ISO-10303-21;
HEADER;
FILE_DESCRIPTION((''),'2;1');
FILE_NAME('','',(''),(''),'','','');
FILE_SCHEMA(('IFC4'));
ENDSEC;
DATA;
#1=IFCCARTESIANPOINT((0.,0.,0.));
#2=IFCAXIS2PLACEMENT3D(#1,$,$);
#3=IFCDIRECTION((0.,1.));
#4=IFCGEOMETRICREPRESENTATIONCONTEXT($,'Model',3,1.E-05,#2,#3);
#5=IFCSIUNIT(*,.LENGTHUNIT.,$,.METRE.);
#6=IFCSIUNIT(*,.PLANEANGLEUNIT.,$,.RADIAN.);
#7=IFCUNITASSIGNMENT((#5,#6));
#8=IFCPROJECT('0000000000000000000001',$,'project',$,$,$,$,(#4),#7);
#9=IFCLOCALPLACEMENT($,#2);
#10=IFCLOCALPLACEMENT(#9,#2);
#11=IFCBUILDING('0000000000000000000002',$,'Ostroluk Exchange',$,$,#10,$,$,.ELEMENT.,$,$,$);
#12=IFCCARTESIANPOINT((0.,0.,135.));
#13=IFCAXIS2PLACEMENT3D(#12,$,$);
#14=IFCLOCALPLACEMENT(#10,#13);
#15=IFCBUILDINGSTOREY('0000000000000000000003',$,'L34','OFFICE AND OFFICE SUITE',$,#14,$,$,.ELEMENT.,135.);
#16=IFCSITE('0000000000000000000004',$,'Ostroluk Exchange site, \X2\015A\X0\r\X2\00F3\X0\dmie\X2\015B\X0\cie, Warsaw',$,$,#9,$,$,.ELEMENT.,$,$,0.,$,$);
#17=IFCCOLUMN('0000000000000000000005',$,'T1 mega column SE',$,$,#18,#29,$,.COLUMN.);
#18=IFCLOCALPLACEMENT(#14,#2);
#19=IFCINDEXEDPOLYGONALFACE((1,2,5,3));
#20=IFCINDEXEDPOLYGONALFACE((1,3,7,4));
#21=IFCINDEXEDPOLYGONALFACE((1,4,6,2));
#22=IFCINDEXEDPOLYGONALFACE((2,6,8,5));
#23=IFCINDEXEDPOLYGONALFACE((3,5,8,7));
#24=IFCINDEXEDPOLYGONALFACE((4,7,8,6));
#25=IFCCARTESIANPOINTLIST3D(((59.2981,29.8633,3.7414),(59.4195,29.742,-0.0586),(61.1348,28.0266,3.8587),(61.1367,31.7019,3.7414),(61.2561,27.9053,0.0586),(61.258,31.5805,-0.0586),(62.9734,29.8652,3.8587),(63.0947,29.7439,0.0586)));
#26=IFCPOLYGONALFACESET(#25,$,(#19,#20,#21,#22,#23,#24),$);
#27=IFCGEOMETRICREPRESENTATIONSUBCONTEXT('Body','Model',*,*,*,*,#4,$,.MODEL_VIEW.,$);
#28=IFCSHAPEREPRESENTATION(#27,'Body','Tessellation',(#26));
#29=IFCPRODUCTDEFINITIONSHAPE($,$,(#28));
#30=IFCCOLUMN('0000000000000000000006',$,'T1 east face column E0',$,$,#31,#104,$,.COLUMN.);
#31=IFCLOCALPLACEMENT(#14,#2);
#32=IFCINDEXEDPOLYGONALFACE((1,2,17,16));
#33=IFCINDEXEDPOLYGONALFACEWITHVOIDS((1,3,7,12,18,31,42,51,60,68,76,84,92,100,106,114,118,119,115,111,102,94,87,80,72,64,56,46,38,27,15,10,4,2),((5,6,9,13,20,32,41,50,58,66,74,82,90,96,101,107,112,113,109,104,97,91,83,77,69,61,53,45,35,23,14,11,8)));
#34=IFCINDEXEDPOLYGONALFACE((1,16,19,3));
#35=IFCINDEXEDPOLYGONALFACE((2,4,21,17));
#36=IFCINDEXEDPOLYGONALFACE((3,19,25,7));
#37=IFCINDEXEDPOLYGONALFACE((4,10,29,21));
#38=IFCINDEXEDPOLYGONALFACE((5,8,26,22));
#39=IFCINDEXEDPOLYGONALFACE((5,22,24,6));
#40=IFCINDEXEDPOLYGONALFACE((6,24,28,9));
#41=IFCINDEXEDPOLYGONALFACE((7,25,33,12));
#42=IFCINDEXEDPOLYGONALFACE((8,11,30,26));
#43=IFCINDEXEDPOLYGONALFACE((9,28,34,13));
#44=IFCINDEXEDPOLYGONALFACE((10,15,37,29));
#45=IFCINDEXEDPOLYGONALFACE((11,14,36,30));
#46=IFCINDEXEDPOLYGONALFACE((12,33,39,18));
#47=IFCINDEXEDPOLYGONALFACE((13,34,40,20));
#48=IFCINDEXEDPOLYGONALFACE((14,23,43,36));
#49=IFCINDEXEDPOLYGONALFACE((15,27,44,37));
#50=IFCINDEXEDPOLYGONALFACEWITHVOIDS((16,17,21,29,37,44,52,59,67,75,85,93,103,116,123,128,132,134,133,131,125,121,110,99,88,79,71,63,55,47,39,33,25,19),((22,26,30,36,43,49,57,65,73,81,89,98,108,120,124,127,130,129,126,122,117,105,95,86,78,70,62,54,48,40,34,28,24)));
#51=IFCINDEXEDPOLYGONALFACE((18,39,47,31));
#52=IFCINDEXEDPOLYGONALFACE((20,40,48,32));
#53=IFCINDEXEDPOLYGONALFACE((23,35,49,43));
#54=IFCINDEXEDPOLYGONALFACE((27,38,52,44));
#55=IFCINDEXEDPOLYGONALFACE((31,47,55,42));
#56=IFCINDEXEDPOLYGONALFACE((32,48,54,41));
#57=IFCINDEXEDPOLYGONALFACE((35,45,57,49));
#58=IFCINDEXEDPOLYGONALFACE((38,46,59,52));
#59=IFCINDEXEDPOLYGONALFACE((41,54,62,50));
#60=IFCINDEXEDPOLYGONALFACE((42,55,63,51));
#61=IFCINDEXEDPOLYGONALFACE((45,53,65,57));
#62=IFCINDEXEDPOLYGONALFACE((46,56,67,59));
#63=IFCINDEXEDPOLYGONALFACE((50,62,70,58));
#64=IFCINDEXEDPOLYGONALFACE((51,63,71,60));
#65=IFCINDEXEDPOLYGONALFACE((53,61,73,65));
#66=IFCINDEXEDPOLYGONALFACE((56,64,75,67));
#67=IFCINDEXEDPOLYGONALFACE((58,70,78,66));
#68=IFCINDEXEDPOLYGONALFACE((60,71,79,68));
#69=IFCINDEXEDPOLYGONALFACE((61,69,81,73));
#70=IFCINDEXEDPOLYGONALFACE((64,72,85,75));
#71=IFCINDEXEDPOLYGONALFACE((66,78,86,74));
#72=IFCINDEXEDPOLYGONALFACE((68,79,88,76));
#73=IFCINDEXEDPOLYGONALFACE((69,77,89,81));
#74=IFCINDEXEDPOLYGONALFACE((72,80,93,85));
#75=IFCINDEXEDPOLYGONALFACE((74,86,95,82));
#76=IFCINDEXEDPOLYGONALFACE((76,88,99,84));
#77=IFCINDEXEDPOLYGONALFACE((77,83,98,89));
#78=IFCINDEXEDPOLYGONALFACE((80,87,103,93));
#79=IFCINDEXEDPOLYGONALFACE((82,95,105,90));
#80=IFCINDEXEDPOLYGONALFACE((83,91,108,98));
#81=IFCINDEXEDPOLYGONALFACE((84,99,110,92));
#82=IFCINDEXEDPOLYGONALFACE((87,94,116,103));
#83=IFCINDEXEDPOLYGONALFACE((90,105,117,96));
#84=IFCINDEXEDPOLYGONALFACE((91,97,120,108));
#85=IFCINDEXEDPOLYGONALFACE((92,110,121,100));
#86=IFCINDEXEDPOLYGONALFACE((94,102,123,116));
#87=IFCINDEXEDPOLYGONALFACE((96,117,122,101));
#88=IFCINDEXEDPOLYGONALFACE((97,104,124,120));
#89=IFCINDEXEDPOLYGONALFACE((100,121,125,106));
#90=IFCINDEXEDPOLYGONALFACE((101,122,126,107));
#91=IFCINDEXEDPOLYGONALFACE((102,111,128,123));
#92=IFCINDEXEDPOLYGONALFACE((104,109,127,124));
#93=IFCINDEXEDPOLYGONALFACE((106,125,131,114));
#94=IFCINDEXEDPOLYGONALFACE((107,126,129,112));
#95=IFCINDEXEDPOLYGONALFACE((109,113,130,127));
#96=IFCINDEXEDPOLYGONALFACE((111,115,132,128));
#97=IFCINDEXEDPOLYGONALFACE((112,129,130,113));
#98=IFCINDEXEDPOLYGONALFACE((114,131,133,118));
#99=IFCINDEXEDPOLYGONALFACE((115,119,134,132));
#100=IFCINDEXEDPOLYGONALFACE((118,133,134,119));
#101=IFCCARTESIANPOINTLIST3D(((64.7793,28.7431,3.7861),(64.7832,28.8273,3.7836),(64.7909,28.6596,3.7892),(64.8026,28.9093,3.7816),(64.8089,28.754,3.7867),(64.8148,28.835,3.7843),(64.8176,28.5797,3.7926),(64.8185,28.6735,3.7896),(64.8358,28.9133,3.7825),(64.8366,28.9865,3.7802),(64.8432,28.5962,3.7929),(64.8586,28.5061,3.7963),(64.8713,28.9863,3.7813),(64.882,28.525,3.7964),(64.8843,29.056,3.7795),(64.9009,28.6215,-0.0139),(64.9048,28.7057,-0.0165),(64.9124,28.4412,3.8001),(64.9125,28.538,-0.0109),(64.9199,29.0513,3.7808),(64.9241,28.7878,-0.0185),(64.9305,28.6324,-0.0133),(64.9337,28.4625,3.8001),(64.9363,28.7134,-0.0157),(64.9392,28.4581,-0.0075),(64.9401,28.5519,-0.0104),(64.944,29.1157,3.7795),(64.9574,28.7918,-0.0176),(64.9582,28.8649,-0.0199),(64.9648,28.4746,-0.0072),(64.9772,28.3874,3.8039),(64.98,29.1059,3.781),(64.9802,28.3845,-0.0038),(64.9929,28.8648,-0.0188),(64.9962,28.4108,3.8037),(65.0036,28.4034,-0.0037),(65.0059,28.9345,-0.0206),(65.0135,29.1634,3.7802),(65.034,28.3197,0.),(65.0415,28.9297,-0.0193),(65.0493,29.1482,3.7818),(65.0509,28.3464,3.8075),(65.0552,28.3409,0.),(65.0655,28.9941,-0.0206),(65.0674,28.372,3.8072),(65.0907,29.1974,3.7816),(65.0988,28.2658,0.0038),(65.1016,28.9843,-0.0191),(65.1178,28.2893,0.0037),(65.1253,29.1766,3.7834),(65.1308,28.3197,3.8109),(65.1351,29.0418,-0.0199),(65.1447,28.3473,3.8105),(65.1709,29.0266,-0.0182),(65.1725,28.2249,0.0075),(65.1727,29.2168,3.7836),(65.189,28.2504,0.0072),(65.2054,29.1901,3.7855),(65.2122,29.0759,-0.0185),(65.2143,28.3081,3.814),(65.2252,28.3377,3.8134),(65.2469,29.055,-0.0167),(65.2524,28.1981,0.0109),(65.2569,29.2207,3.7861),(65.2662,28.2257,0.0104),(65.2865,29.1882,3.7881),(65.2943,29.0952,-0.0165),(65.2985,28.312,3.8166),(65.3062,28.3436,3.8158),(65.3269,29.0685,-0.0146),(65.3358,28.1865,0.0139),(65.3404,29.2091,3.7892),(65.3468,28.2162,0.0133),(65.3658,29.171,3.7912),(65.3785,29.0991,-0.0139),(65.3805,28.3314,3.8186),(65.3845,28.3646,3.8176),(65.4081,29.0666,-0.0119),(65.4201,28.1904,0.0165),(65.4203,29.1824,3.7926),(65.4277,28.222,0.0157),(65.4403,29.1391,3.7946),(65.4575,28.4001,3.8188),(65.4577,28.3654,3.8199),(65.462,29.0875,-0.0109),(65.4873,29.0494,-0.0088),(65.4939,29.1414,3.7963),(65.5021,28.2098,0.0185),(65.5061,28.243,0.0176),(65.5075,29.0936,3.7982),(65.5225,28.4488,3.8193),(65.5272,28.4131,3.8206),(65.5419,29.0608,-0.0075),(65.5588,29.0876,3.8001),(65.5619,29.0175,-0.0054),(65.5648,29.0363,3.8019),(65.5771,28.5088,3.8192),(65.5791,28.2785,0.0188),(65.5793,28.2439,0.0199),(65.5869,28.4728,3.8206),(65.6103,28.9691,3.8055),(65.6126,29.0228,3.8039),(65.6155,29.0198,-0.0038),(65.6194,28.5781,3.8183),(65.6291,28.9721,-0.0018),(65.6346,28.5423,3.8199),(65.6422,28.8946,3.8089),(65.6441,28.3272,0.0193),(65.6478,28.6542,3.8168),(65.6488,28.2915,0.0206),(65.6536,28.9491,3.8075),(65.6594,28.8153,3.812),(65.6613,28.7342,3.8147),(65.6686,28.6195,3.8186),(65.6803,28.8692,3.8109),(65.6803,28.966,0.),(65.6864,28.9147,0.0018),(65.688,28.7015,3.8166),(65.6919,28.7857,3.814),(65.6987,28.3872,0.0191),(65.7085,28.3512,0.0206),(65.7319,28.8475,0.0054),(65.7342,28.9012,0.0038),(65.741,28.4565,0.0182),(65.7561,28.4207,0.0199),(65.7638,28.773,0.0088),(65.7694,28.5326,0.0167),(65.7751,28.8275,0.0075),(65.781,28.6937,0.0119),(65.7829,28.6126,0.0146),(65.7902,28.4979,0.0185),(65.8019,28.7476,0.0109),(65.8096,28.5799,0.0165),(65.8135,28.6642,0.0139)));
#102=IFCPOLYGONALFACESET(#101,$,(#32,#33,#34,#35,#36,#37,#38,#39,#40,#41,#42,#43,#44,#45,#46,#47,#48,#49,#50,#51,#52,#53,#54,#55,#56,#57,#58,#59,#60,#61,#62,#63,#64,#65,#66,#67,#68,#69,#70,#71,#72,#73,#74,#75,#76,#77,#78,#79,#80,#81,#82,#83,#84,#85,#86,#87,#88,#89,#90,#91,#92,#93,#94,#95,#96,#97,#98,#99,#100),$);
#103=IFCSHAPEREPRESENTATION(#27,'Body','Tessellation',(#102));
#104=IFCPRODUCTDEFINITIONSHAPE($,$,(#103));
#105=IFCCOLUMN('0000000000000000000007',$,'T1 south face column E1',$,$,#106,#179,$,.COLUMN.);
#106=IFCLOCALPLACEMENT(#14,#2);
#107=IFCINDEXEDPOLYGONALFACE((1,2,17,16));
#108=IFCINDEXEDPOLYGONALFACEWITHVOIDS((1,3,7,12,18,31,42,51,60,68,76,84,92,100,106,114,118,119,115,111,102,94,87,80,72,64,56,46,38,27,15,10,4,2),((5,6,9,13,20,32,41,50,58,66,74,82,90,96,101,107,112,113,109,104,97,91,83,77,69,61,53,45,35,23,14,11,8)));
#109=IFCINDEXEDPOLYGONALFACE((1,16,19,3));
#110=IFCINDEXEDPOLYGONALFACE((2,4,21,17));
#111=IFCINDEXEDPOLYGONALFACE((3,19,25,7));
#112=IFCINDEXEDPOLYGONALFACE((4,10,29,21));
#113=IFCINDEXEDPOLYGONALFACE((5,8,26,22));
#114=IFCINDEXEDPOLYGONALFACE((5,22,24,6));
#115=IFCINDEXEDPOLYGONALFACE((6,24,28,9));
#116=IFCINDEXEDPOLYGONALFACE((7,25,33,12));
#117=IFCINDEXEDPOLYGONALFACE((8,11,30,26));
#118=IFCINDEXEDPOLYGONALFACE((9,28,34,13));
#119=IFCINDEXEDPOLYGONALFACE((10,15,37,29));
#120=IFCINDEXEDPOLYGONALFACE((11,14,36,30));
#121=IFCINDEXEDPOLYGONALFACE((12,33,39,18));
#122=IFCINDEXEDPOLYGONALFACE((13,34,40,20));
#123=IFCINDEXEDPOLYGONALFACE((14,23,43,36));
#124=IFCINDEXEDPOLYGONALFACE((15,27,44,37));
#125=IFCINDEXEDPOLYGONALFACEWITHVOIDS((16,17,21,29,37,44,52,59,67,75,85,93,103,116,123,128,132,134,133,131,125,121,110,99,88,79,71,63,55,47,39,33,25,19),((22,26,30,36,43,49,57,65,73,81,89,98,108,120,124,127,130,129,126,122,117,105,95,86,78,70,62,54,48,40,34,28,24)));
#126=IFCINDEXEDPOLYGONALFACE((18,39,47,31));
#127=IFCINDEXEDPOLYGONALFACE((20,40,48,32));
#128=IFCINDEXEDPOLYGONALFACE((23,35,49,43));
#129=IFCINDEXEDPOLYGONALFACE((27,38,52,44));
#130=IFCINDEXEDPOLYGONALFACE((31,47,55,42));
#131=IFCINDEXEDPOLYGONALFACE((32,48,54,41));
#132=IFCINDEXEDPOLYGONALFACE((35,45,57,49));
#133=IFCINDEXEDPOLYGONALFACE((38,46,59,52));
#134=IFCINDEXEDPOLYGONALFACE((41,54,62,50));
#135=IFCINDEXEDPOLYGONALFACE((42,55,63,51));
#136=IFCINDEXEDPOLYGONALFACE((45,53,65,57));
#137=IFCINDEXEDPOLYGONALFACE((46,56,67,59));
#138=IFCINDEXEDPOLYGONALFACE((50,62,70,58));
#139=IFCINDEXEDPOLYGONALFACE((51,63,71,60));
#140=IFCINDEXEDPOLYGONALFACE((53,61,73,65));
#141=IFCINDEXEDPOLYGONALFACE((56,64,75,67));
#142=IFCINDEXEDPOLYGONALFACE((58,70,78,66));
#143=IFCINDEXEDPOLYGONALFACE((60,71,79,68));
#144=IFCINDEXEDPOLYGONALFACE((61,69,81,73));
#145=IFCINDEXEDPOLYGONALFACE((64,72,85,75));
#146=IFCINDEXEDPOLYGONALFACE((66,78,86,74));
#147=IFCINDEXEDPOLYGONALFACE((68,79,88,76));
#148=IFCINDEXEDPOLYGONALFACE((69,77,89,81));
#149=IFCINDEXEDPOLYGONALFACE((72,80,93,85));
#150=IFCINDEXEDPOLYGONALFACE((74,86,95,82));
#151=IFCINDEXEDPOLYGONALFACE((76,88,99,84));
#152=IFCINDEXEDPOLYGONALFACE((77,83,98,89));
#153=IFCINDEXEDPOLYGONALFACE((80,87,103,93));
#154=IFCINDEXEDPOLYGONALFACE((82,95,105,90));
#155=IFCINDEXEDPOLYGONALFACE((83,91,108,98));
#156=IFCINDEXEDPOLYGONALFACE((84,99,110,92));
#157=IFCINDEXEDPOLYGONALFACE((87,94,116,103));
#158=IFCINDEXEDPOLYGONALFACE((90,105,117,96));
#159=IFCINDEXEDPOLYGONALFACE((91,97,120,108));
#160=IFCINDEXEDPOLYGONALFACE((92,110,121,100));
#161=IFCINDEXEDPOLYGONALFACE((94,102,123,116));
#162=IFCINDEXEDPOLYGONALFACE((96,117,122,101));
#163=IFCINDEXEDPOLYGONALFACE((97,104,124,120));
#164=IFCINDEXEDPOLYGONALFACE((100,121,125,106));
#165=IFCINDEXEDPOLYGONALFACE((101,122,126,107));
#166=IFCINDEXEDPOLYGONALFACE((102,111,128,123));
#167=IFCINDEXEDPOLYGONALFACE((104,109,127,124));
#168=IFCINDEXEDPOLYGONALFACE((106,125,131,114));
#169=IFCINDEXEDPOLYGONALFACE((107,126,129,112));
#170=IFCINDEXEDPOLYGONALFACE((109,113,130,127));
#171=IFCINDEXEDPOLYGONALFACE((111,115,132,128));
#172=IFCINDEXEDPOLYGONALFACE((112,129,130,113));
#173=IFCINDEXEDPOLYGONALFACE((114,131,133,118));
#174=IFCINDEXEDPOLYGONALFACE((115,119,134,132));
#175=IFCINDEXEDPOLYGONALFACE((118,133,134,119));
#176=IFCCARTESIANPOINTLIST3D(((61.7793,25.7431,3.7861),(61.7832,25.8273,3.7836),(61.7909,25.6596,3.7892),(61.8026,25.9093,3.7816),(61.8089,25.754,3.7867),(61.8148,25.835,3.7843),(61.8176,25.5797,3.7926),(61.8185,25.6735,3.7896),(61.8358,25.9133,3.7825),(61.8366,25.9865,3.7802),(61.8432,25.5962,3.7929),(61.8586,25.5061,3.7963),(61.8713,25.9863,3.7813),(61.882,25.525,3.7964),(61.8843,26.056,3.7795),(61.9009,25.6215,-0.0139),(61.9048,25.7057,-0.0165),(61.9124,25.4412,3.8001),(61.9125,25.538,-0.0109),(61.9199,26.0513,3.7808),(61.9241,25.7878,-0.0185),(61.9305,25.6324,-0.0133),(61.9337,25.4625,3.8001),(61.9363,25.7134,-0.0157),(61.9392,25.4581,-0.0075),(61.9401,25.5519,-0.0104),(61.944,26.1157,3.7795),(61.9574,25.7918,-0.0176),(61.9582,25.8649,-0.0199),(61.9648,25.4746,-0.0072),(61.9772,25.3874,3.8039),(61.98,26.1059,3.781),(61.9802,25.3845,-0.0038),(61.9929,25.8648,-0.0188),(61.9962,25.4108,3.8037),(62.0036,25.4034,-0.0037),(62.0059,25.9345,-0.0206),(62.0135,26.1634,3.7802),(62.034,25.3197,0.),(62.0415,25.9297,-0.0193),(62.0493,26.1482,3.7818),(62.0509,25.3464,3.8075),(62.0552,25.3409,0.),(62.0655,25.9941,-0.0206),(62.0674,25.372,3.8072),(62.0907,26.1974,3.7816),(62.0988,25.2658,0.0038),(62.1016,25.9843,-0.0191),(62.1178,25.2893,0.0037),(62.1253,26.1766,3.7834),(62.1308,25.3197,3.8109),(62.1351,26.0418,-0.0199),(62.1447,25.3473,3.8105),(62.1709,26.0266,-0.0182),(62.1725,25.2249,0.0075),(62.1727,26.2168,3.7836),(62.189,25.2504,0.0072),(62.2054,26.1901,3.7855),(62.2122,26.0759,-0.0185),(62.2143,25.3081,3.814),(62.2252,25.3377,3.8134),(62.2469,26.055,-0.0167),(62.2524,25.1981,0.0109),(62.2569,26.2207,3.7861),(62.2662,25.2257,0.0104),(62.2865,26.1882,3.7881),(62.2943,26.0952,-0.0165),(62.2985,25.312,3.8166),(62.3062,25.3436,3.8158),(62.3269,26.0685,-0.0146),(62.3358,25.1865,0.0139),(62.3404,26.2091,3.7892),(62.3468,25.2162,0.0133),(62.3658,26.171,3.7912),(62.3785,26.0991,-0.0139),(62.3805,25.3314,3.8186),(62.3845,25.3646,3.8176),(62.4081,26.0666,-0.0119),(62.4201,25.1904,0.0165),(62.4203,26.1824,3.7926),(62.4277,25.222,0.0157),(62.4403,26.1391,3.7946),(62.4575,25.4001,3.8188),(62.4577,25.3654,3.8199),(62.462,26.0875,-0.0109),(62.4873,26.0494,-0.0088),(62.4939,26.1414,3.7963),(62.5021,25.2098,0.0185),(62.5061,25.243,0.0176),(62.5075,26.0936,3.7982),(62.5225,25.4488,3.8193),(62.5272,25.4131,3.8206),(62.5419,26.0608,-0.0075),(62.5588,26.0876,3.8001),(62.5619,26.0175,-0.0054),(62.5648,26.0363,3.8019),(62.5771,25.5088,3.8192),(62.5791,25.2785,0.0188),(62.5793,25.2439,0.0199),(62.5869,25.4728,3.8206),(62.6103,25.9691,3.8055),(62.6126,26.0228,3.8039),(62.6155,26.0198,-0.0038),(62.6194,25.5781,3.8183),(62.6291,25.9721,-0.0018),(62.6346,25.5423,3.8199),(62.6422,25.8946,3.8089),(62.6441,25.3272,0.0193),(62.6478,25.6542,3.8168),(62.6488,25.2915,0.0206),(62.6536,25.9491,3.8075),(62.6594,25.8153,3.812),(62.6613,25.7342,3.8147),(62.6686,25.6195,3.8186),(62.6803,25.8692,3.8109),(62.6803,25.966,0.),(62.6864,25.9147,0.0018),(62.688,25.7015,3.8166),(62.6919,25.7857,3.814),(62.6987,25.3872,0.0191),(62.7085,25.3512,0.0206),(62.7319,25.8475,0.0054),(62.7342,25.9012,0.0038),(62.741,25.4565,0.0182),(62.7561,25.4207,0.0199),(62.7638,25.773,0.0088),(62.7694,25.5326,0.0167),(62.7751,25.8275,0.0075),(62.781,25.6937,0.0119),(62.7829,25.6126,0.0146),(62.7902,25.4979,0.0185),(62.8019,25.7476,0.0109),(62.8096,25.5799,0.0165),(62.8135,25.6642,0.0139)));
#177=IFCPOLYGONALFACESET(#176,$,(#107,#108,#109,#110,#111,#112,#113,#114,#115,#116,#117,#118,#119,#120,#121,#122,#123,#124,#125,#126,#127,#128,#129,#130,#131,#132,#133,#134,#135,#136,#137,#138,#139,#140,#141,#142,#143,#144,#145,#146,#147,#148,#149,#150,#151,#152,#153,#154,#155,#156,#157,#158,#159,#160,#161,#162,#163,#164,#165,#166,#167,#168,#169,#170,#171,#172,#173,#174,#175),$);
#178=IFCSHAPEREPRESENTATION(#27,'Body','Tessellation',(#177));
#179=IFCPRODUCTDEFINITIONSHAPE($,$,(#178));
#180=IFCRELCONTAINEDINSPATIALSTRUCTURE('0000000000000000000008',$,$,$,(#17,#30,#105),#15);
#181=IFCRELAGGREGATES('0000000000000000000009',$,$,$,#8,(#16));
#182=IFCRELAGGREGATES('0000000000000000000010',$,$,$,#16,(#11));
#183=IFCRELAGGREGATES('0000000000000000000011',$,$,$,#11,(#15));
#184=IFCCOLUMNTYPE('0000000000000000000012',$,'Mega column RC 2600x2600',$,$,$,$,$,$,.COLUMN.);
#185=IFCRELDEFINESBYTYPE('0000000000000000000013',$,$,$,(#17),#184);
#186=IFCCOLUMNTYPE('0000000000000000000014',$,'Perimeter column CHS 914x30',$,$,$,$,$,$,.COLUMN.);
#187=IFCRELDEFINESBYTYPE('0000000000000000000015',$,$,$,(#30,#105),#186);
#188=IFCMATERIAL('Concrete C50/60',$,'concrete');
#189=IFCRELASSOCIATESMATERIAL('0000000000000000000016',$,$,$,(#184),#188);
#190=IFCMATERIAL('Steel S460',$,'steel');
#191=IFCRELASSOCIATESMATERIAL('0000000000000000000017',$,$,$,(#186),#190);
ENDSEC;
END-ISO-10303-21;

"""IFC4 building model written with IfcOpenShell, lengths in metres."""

from ifc_helpers import new_model, si_unit, direction, frame, origin, origin_2d, place, context, subcontext, project, spatial, rectangle, hollow_circle, extrude, material, material_profile, profile_set, type_object, element, save


model = new_model("IFC4")

# Units and contexts
model_context = context("Model", 3, precision=1e-05, world=origin(), true_north=direction((0.0, 1.0)))
body_context = subcontext(model_context, "Body", "Model", "MODEL_VIEW")
ifc_project = project(units=[si_unit("LENGTHUNIT", "METRE"), si_unit("PLANEANGLEUNIT", "RADIAN")], contexts=[model_context])

# Site, building, storey
site_placement = place(None, origin())
site = spatial("IfcSite", under=ifc_project, at=site_placement, Name="Ostroluk Exchange site, Śródmieście, Warsaw", CompositionType="ELEMENT", RefElevation=0.0)
building_placement = place(site_placement, origin())
building = spatial("IfcBuilding", under=site, at=building_placement, Name="Ostroluk Exchange", CompositionType="ELEMENT")
storey_placement = place(building_placement, frame((0.0, 0.0, 135.0)))
storey = spatial("IfcBuildingStorey", under=building, at=storey_placement, Name="L34", Description="OFFICE AND OFFICE SUITE", CompositionType="ELEMENT", Elevation=135.0)

# Columns
ifc_material_1 = material(Name="Concrete C50/60", Category="concrete")
ifc_material_profile_1 = material_profile(ifc_material_1, rectangle(XDim=2.6001, YDim=2.6001, at=origin_2d()), Name="RC 2600x2600")
ifc_profile_set_1 = profile_set([ifc_material_profile_1], Name="Concrete C50/60")
column_type_1 = type_object("IfcColumnType", Name="Mega column RC 2600x2600", PredefinedType="COLUMN", material=ifc_profile_set_1)
column_placement = place(storey_placement, frame((61.2571, 29.7429, 0.0), z_axis=(-0.031898, 0.031898, 0.998982), x_axis=(-0.707107, -0.707107, 0.0)))
element("IfcColumn", 1, at=column_placement, inside=storey, type_object=column_type_1, Name="T1 mega column SE", PredefinedType="COLUMN", context=body_context, shape_type="SweptSolid", body=[
    extrude(rectangle(XDim=2.6001, YDim=2.6001, at=origin_2d()), origin(), (0.0, 0.0, 1.0), 3.804),
])
ifc_material_2 = material(Name="Steel S460", Category="steel")
ifc_material_profile_2 = material_profile(ifc_material_2, hollow_circle(Radius=0.457, WallThickness=0.03, at=origin_2d()), Name="CHS 914x30")
ifc_profile_set_2 = profile_set([ifc_material_profile_2], Name="Steel S460")
column_type_2 = type_object("IfcColumnType", Name="Perimeter column CHS 914x30", PredefinedType="COLUMN", material=ifc_profile_set_2)
for number, where, z_axis, x_axis, name in (
    (2, (65.3572, 28.6428, 0.0), (-0.031962, 0.031962, 0.998978), (-0.707107, -0.707107, 0.0), "T1 east face column E0"),
    (3, (62.3572, 25.6428, 0.0), (-0.031962, 0.031962, 0.998978), (-0.707107, -0.707107, 0.0), "T1 south face column E1"),
):
    element("IfcColumn", number, at=place(storey_placement, frame(where, z_axis=z_axis, x_axis=x_axis)), inside=storey, type_object=column_type_2, Name=name, PredefinedType="COLUMN", context=body_context, shape_type="SweptSolid", body=[
        extrude(hollow_circle(Radius=0.457, WallThickness=0.03, at=origin_2d()), origin(), (0.0, 0.0, 1.0), 3.804),
    ])

save(model, "model.ifc")
